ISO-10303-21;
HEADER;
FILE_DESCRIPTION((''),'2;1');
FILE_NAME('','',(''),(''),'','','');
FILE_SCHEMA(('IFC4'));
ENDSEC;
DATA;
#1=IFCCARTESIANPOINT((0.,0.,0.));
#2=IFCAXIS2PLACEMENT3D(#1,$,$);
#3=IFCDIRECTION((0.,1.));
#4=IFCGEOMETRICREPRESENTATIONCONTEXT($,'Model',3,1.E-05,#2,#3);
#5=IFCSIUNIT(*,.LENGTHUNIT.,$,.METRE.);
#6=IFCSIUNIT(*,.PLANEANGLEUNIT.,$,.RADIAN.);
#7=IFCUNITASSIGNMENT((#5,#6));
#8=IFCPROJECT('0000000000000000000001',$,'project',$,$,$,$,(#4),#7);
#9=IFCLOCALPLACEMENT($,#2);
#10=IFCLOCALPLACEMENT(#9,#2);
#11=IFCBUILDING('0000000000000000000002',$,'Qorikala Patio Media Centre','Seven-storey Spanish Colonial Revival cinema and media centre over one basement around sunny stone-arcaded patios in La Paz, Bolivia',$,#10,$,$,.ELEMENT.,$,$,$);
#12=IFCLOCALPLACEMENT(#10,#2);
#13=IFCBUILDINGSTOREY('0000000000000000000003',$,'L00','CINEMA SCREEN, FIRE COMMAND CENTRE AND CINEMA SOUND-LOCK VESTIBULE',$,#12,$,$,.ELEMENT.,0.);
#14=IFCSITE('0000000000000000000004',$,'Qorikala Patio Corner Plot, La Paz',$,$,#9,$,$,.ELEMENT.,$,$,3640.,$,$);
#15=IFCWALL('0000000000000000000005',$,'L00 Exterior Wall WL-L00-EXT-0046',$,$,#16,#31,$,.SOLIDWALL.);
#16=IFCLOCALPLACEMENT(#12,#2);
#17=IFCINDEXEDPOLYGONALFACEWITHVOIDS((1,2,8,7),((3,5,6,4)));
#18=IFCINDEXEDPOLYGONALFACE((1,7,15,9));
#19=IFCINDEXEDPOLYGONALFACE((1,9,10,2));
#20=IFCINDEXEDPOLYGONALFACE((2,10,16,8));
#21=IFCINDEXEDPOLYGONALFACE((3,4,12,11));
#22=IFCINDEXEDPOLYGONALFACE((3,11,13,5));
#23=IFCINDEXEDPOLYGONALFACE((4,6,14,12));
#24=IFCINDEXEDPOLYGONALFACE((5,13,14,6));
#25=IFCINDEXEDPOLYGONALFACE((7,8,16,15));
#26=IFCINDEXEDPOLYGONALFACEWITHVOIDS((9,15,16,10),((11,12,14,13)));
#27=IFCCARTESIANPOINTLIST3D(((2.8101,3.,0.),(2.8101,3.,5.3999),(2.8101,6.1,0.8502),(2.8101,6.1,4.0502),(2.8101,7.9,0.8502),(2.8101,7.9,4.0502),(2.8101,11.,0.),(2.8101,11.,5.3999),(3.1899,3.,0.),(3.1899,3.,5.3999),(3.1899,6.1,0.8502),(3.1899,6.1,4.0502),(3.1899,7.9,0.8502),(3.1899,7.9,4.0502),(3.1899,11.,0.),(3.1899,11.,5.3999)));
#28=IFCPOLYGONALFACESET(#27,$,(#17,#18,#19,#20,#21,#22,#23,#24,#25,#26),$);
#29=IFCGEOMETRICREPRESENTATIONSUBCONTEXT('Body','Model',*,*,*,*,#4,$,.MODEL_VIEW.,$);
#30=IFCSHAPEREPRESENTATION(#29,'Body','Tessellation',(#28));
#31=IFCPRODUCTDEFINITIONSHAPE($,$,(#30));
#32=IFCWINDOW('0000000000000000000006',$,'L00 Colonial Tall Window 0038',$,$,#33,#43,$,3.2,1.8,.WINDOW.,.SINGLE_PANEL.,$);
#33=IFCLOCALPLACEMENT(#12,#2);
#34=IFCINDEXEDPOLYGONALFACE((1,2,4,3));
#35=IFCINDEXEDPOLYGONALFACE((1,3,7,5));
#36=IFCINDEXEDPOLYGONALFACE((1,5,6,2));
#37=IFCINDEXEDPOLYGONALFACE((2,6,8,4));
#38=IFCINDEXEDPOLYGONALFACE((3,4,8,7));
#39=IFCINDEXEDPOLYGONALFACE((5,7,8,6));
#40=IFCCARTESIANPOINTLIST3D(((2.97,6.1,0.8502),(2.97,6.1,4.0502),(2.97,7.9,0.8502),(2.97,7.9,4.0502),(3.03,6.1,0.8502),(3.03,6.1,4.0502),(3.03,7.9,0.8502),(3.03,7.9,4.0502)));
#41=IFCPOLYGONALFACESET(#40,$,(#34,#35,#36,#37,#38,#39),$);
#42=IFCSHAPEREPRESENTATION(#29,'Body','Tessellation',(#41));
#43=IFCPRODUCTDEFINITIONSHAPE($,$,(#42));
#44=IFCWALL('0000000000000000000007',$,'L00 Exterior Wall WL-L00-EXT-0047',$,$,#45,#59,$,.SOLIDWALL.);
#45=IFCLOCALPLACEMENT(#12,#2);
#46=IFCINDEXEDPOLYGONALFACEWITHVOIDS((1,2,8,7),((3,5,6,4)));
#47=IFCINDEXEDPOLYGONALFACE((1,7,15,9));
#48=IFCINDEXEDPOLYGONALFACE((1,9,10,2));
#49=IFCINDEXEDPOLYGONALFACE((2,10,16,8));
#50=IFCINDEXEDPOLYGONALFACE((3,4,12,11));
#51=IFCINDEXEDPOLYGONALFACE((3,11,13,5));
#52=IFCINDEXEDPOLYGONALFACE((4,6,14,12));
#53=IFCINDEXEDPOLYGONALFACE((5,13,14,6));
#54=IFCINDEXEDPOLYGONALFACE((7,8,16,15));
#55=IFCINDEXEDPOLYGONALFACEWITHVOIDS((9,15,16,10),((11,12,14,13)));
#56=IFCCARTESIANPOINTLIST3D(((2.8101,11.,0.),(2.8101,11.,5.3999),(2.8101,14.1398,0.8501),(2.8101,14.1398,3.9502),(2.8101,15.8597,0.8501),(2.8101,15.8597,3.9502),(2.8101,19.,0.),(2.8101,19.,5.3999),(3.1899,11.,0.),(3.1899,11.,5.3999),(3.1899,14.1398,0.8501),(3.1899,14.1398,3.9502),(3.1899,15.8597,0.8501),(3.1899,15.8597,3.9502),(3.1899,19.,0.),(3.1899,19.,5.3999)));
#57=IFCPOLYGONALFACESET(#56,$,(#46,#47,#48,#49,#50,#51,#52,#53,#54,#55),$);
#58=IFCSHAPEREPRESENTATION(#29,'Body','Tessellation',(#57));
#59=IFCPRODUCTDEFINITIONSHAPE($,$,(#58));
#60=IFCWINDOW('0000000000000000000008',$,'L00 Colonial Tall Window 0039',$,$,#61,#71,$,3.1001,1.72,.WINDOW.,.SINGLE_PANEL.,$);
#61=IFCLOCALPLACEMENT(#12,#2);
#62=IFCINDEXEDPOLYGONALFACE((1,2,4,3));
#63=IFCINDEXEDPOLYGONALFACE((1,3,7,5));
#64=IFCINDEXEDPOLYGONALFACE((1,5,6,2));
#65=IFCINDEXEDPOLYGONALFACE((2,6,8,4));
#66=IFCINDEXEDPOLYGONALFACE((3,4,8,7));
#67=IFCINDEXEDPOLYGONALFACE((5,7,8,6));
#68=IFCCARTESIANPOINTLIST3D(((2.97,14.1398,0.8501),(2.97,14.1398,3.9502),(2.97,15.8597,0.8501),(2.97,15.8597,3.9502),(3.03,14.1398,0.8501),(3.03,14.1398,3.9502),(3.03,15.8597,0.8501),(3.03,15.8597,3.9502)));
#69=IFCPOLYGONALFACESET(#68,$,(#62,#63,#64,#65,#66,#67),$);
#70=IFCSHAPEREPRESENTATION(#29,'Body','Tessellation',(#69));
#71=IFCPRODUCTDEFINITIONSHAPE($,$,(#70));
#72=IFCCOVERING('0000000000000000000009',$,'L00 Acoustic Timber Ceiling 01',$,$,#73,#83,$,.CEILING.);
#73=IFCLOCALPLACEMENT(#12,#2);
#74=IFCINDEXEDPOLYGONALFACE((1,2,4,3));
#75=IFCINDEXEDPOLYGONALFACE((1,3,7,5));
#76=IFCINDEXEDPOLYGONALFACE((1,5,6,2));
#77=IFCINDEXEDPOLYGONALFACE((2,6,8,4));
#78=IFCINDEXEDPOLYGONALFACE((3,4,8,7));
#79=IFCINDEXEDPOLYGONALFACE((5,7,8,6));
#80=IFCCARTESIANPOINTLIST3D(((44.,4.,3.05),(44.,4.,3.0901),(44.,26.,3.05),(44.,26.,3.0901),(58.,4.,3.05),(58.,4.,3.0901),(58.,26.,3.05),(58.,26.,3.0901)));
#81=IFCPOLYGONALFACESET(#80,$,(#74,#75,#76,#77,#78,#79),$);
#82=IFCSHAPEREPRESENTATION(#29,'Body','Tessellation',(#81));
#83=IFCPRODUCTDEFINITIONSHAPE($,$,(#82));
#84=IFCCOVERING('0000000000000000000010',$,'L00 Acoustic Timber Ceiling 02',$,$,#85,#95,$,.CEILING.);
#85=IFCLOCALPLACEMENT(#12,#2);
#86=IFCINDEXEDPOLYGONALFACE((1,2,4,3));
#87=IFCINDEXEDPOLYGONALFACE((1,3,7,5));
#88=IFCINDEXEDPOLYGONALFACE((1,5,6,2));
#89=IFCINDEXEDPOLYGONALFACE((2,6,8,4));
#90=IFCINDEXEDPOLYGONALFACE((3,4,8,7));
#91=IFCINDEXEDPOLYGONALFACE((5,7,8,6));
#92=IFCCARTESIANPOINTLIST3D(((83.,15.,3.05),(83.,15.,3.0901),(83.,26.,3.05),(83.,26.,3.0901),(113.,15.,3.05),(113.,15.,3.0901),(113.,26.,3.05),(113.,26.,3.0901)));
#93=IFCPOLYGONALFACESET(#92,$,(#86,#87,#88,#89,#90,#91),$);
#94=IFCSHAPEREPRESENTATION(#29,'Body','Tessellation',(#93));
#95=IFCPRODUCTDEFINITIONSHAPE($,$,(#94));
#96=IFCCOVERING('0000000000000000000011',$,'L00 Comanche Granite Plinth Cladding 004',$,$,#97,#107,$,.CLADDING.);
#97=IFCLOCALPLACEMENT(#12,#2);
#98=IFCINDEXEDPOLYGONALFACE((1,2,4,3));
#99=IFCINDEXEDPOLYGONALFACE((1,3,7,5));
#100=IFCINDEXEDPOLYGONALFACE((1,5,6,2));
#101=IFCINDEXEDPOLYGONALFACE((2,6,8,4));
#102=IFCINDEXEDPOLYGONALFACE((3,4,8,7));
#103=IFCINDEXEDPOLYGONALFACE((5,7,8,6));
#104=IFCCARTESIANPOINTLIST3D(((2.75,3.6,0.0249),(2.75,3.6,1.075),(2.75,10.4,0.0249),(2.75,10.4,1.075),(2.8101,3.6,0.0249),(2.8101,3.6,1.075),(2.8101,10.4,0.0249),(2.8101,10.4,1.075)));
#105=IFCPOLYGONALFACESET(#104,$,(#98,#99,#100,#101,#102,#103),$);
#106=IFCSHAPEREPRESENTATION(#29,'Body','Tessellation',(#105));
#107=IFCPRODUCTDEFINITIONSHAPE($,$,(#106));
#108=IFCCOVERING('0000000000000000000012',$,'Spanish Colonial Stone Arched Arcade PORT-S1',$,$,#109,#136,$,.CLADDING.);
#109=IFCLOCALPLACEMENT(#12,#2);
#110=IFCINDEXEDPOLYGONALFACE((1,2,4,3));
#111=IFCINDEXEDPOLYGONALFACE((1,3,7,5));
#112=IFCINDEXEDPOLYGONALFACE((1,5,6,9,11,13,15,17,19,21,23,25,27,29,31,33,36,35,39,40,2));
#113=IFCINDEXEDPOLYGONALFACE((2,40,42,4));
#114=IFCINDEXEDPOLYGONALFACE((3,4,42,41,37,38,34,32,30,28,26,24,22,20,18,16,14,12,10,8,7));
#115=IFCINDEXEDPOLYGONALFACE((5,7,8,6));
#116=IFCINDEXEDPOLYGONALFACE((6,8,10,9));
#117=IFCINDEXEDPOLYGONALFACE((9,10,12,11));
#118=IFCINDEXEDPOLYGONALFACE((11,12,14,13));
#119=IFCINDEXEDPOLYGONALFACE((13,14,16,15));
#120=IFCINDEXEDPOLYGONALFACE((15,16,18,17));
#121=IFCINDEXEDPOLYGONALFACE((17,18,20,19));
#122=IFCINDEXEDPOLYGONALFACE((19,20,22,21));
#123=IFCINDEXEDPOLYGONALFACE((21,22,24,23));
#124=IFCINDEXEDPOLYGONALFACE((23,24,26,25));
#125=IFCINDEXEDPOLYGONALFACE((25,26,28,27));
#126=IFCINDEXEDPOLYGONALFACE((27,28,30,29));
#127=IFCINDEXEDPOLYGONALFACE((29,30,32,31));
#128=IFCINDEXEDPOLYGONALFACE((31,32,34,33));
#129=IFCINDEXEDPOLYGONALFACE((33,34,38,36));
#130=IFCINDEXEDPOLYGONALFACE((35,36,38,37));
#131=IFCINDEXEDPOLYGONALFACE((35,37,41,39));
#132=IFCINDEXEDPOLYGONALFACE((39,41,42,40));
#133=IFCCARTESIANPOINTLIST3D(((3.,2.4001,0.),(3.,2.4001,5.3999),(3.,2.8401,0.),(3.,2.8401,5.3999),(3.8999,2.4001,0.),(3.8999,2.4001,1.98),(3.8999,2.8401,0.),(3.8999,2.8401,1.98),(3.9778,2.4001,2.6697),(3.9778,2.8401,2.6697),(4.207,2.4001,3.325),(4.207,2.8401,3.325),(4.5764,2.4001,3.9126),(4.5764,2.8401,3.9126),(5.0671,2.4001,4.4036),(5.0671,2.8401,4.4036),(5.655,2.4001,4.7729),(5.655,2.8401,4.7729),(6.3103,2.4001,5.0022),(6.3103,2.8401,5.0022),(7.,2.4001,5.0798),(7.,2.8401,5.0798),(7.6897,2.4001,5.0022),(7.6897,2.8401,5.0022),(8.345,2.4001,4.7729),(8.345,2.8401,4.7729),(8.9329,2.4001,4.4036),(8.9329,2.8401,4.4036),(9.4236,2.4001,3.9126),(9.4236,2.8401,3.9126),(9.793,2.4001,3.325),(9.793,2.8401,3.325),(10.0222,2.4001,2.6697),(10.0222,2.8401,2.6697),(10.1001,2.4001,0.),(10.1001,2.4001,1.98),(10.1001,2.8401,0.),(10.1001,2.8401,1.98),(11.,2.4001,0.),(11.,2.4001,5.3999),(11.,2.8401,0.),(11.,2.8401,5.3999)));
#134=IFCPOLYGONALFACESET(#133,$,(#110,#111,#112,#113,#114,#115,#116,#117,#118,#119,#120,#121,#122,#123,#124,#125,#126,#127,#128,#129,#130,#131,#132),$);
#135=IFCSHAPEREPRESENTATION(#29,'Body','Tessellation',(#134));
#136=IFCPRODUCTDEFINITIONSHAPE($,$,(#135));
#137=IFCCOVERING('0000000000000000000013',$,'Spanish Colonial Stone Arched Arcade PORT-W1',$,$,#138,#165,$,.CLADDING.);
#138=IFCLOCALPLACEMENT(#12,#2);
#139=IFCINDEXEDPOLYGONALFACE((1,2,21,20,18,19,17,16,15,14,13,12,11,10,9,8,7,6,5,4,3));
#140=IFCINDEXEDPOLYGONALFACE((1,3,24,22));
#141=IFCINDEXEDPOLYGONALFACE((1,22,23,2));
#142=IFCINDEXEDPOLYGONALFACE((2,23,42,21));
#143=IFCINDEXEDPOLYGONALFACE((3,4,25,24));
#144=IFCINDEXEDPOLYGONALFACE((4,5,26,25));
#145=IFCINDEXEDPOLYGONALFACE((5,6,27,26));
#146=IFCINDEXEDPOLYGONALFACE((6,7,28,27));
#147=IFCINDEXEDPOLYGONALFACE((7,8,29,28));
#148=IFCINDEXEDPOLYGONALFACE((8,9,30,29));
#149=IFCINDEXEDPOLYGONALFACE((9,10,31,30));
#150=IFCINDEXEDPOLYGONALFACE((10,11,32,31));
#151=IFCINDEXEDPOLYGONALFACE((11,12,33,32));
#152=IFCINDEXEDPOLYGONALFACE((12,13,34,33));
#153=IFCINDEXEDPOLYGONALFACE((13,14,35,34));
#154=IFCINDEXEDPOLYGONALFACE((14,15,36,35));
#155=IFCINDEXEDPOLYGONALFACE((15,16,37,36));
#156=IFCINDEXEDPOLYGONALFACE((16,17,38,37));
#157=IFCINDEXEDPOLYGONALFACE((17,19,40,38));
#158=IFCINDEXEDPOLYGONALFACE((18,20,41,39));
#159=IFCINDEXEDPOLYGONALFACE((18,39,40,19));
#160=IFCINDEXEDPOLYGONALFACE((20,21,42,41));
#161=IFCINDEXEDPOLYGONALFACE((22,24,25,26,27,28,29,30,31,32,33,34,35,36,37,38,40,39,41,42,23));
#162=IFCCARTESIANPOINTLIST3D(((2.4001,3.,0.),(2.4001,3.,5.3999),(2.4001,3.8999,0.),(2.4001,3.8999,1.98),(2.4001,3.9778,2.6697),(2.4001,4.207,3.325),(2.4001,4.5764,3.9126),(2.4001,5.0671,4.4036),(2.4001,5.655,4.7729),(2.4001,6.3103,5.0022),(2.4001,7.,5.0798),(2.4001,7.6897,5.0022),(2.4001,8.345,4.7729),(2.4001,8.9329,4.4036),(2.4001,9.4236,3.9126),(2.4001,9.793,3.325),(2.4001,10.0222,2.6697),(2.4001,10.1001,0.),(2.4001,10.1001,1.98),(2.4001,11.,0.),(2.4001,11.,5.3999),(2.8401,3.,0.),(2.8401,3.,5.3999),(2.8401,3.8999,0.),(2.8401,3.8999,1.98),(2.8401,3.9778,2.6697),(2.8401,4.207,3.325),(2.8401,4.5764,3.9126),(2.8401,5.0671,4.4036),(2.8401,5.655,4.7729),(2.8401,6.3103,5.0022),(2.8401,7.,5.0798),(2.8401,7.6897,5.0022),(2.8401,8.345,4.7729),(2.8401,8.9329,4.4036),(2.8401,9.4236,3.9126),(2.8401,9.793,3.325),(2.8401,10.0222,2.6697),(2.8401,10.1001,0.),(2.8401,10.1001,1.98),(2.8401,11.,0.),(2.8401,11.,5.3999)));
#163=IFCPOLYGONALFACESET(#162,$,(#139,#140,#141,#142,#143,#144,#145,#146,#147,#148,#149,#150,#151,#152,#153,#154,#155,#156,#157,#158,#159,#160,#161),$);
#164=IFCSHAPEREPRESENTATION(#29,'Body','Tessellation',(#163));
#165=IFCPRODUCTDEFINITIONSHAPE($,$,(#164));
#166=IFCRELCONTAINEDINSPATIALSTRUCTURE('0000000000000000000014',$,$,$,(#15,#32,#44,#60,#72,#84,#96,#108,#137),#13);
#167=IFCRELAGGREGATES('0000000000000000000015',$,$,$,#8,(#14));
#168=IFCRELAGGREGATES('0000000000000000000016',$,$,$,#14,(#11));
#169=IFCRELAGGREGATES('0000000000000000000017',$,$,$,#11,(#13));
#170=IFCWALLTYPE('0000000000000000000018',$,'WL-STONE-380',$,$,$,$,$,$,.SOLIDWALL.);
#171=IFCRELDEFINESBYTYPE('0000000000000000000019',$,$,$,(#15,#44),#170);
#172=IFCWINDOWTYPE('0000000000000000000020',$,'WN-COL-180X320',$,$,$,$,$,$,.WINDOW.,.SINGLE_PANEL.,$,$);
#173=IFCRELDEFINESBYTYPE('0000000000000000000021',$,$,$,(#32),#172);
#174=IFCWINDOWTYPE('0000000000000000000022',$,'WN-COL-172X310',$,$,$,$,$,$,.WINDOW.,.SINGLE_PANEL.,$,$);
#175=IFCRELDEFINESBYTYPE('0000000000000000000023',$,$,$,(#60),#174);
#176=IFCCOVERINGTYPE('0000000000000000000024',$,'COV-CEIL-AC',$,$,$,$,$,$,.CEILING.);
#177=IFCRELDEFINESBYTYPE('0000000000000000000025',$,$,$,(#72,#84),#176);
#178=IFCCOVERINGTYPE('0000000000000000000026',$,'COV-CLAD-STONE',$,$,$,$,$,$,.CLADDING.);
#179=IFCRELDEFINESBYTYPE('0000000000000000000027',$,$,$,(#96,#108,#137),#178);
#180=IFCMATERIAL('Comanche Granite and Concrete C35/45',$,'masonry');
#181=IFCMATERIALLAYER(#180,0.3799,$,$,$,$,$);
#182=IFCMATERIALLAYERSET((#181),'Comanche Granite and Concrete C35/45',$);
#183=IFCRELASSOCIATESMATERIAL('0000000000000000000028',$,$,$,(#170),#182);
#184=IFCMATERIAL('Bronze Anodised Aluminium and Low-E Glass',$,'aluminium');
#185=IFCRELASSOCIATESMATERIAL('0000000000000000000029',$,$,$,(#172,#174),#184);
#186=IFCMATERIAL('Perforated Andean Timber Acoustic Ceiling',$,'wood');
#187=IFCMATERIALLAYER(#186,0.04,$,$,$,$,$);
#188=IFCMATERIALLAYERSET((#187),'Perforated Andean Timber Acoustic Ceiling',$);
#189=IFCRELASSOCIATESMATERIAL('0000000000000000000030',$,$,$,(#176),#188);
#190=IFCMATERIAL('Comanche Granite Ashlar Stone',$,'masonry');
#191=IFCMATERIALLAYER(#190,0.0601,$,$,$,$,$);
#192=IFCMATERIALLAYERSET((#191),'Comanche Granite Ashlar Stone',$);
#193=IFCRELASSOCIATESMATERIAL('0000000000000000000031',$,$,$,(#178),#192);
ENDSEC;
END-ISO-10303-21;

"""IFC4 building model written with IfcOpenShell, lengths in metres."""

from ifc_helpers import new_model, si_unit, direction, frame, frame_2d, origin, origin_2d, place, context, subcontext, project, spatial, polyline, rectangle, outline, extrude, material, layer, layer_set, type_object, element, fill, save


model = new_model("IFC4")

# Units and contexts
model_context = context("Model", 3, precision=1e-05, world=origin(), true_north=direction((0.0, 1.0)))
body_context = subcontext(model_context, "Body", "Model", "MODEL_VIEW")
ifc_project = project(units=[si_unit("LENGTHUNIT", "METRE"), si_unit("PLANEANGLEUNIT", "RADIAN")], contexts=[model_context])

# Site, building, storey
site_placement = place(None, origin())
site = spatial("IfcSite", under=ifc_project, at=site_placement, Name="Qorikala Patio Corner Plot, La Paz", CompositionType="ELEMENT", RefElevation=3640.0)
building_placement = place(site_placement, origin())
building = spatial("IfcBuilding", under=site, at=building_placement, Name="Qorikala Patio Media Centre", Description="Seven-storey Spanish Colonial Revival cinema and media centre over one basement around sunny stone-arcaded patios in La Paz, Bolivia", CompositionType="ELEMENT")
storey_placement = place(building_placement, origin())
storey = spatial("IfcBuildingStorey", under=building, at=storey_placement, Name="L00", Description="CINEMA SCREEN, FIRE COMMAND CENTRE AND CINEMA SOUND-LOCK VESTIBULE", CompositionType="ELEMENT", Elevation=0.0)

# Walls, openings, windows
ifc_material_1 = material(Name="Comanche Granite and Concrete C35/45", Category="masonry")
ifc_layer_1 = layer(ifc_material_1, 0.3799)
ifc_layer_set_1 = layer_set([ifc_layer_1], Name="Comanche Granite and Concrete C35/45")
wall_type = type_object("IfcWallType", Name="WL-STONE-380", PredefinedType="SOLIDWALL", material=ifc_layer_set_1)
wall_1_placement = place(storey_placement, frame((3.0, 3.0, 0.0), z_axis=(0.0, 0.0, 1.0), x_axis=(0.0, 1.0, 0.0)))
wall_1 = element("IfcWall", 1, at=wall_1_placement, inside=storey, type_object=wall_type, Name="L00 Exterior Wall WL-L00-EXT-0046", PredefinedType="SOLIDWALL", context=body_context, shape_type="SweptSolid", body=[
    extrude(rectangle(XDim=8.0, YDim=0.3799, at=frame_2d((4.0, 0.0))), origin(), (0.0, 0.0, 1.0), 5.3999),
])
opening_1_placement = place(wall_1_placement, frame((3.1001, 0.0, 0.8501)))
opening_1 = element("IfcOpeningElement", 2, at=opening_1_placement, cuts=wall_1, PredefinedType="OPENING", context=body_context, shape_type="SweptSolid", body=[
    extrude(rectangle(XDim=1.8, YDim=3.2, at=frame_2d((0.8999, 1.6001))), frame((0.0, 0.2, 0.0), z_axis=(0.0, -1.0, 0.0), x_axis=(1.0, 0.0, 0.0)), (0.0, 0.0, 1.0), 0.3999),
])
ifc_material_2 = material(Name="Bronze Anodised Aluminium and Low-E Glass", Category="aluminium")
window_type_1 = type_object("IfcWindowType", Name="WN-COL-180X320", PartitioningType="SINGLE_PANEL", PredefinedType="WINDOW", material=ifc_material_2)
window_1_placement = place(opening_1_placement, origin())
window_1 = element("IfcWindow", 3, at=window_1_placement, inside=storey, type_object=window_type_1, Name="L00 Colonial Tall Window 0038", OverallHeight=3.2, OverallWidth=1.8, PartitioningType="SINGLE_PANEL", PredefinedType="WINDOW", context=body_context, shape_type="SweptSolid", body=[
    extrude(rectangle(XDim=1.8, YDim=3.2, at=frame_2d((0.8999, 1.6001))), frame((0.0, 0.03, 0.0), z_axis=(0.0, -1.0, 0.0), x_axis=(1.0, 0.0, 0.0)), (0.0, 0.0, 1.0), 0.0601),
])
fill(opening_1, window_1)
wall_2_placement = place(storey_placement, frame((3.0, 11.0, 0.0), z_axis=(0.0, 0.0, 1.0), x_axis=(0.0, 1.0, 0.0)))
wall_2 = element("IfcWall", 4, at=wall_2_placement, inside=storey, type_object=wall_type, Name="L00 Exterior Wall WL-L00-EXT-0047", PredefinedType="SOLIDWALL", context=body_context, shape_type="SweptSolid", body=[
    extrude(rectangle(XDim=8.0, YDim=0.3799, at=frame_2d((4.0, 0.0))), origin(), (0.0, 0.0, 1.0), 5.3999),
])
opening_2_placement = place(wall_2_placement, frame((3.1399, 0.0, 0.8501)))
opening_2 = element("IfcOpeningElement", 5, at=opening_2_placement, cuts=wall_2, PredefinedType="OPENING", context=body_context, shape_type="SweptSolid", body=[
    extrude(rectangle(XDim=1.72, YDim=3.1001, at=frame_2d((0.8599, 1.55))), frame((0.0, 0.2, 0.0), z_axis=(0.0, -1.0, 0.0), x_axis=(1.0, 0.0, 0.0)), (0.0, 0.0, 1.0), 0.3999),
])
window_type_2 = type_object("IfcWindowType", Name="WN-COL-172X310", PartitioningType="SINGLE_PANEL", PredefinedType="WINDOW", material=ifc_material_2)
window_2_placement = place(opening_2_placement, origin())
window_2 = element("IfcWindow", 6, at=window_2_placement, inside=storey, type_object=window_type_2, Name="L00 Colonial Tall Window 0039", OverallHeight=3.1001, OverallWidth=1.72, PartitioningType="SINGLE_PANEL", PredefinedType="WINDOW", context=body_context, shape_type="SweptSolid", body=[
    extrude(rectangle(XDim=1.72, YDim=3.1001, at=frame_2d((0.8599, 1.55))), frame((0.0, 0.03, 0.0), z_axis=(0.0, -1.0, 0.0), x_axis=(1.0, 0.0, 0.0)), (0.0, 0.0, 1.0), 0.0601),
])
fill(opening_2, window_2)

# Coverings
ifc_material_3 = material(Name="Perforated Andean Timber Acoustic Ceiling", Category="wood")
ifc_layer_2 = layer(ifc_material_3, 0.04)
ifc_layer_set_2 = layer_set([ifc_layer_2], Name="Perforated Andean Timber Acoustic Ceiling")
covering_type_1 = type_object("IfcCoveringType", Name="COV-CEIL-AC", PredefinedType="CEILING", material=ifc_layer_set_2)
covering_1_placement = place(storey_placement, frame((0.0, 0.0, 3.05)))
element("IfcCovering", 7, at=covering_1_placement, inside=storey, type_object=covering_type_1, Name="L00 Acoustic Timber Ceiling 01", PredefinedType="CEILING", context=body_context, shape_type="SweptSolid", body=[
    extrude(outline(polyline([(44.0, 4.0), (58.0, 4.0), (58.0, 26.0), (44.0, 26.0), (44.0, 4.0)])), origin(), (0.0, 0.0, 1.0), 0.04),
])
covering_2_placement = place(storey_placement, frame((0.0, 0.0, 3.05)))
element("IfcCovering", 8, at=covering_2_placement, inside=storey, type_object=covering_type_1, Name="L00 Acoustic Timber Ceiling 02", PredefinedType="CEILING", context=body_context, shape_type="SweptSolid", body=[
    extrude(outline(polyline([(83.0, 15.0), (113.0, 15.0), (113.0, 26.0), (83.0, 26.0), (83.0, 15.0)])), origin(), (0.0, 0.0, 1.0), 0.04),
])
ifc_material_4 = material(Name="Comanche Granite Ashlar Stone", Category="masonry")
ifc_layer_3 = layer(ifc_material_4, 0.0601)
ifc_layer_set_3 = layer_set([ifc_layer_3], Name="Comanche Granite Ashlar Stone")
covering_type_2 = type_object("IfcCoveringType", Name="COV-CLAD-STONE", PredefinedType="CLADDING", material=ifc_layer_set_3)
covering_3_placement = place(storey_placement, frame((2.78, 7.0, 0.0249), z_axis=(0.0, 0.0, 1.0), x_axis=(0.0, 1.0, 0.0)))
element("IfcCovering", 9, at=covering_3_placement, inside=storey, type_object=covering_type_2, Name="L00 Comanche Granite Plinth Cladding 004", PredefinedType="CLADDING", context=body_context, shape_type="SweptSolid", body=[
    extrude(rectangle(XDim=6.8, YDim=0.0601, at=origin_2d()), origin(), (0.0, 0.0, 1.0), 1.05),
])
for number, where, z_axis, x_axis, name in (
    (10, (3.0, 2.6201, 0.0), (0.0, 0.0, 1.0), (1.0, 0.0, 0.0), "Spanish Colonial Stone Arched Arcade PORT-S1"),
    (11, (2.6201, 3.0, 0.0), (0.0, 0.0, 1.0), (0.0, 1.0, 0.0), "Spanish Colonial Stone Arched Arcade PORT-W1"),
):
    element("IfcCovering", number, at=place(storey_placement, frame(where, z_axis=z_axis, x_axis=x_axis)), inside=storey, type_object=covering_type_2, Name=name, PredefinedType="CLADDING", context=body_context, shape_type="SweptSolid", body=[
        extrude(outline(polyline([(0.0, 0.0), (0.8999, 0.0), (0.8999, 1.98), (0.9778, 2.6697), (1.207, 3.325), (1.5764, 3.9126), (2.0671, 4.4036), (2.655, 4.7729), (3.3103, 5.0022), (4.0, 5.0798), (4.6897, 5.0022), (5.345, 4.7729), (5.9329, 4.4036), (6.4236, 3.9126), (6.793, 3.325), (7.0222, 2.6697), (7.1001, 1.98), (7.1001, 0.0), (8.0, 0.0), (8.0, 5.3999), (0.0, 5.3999), (0.0, 0.0)])), frame((0.0, 0.22, 0.0), z_axis=(0.0, -1.0, 0.0), x_axis=(1.0, 0.0, 0.0)), (0.0, 0.0, 1.0), 0.4399),
    ])

save(model, "model.ifc")
